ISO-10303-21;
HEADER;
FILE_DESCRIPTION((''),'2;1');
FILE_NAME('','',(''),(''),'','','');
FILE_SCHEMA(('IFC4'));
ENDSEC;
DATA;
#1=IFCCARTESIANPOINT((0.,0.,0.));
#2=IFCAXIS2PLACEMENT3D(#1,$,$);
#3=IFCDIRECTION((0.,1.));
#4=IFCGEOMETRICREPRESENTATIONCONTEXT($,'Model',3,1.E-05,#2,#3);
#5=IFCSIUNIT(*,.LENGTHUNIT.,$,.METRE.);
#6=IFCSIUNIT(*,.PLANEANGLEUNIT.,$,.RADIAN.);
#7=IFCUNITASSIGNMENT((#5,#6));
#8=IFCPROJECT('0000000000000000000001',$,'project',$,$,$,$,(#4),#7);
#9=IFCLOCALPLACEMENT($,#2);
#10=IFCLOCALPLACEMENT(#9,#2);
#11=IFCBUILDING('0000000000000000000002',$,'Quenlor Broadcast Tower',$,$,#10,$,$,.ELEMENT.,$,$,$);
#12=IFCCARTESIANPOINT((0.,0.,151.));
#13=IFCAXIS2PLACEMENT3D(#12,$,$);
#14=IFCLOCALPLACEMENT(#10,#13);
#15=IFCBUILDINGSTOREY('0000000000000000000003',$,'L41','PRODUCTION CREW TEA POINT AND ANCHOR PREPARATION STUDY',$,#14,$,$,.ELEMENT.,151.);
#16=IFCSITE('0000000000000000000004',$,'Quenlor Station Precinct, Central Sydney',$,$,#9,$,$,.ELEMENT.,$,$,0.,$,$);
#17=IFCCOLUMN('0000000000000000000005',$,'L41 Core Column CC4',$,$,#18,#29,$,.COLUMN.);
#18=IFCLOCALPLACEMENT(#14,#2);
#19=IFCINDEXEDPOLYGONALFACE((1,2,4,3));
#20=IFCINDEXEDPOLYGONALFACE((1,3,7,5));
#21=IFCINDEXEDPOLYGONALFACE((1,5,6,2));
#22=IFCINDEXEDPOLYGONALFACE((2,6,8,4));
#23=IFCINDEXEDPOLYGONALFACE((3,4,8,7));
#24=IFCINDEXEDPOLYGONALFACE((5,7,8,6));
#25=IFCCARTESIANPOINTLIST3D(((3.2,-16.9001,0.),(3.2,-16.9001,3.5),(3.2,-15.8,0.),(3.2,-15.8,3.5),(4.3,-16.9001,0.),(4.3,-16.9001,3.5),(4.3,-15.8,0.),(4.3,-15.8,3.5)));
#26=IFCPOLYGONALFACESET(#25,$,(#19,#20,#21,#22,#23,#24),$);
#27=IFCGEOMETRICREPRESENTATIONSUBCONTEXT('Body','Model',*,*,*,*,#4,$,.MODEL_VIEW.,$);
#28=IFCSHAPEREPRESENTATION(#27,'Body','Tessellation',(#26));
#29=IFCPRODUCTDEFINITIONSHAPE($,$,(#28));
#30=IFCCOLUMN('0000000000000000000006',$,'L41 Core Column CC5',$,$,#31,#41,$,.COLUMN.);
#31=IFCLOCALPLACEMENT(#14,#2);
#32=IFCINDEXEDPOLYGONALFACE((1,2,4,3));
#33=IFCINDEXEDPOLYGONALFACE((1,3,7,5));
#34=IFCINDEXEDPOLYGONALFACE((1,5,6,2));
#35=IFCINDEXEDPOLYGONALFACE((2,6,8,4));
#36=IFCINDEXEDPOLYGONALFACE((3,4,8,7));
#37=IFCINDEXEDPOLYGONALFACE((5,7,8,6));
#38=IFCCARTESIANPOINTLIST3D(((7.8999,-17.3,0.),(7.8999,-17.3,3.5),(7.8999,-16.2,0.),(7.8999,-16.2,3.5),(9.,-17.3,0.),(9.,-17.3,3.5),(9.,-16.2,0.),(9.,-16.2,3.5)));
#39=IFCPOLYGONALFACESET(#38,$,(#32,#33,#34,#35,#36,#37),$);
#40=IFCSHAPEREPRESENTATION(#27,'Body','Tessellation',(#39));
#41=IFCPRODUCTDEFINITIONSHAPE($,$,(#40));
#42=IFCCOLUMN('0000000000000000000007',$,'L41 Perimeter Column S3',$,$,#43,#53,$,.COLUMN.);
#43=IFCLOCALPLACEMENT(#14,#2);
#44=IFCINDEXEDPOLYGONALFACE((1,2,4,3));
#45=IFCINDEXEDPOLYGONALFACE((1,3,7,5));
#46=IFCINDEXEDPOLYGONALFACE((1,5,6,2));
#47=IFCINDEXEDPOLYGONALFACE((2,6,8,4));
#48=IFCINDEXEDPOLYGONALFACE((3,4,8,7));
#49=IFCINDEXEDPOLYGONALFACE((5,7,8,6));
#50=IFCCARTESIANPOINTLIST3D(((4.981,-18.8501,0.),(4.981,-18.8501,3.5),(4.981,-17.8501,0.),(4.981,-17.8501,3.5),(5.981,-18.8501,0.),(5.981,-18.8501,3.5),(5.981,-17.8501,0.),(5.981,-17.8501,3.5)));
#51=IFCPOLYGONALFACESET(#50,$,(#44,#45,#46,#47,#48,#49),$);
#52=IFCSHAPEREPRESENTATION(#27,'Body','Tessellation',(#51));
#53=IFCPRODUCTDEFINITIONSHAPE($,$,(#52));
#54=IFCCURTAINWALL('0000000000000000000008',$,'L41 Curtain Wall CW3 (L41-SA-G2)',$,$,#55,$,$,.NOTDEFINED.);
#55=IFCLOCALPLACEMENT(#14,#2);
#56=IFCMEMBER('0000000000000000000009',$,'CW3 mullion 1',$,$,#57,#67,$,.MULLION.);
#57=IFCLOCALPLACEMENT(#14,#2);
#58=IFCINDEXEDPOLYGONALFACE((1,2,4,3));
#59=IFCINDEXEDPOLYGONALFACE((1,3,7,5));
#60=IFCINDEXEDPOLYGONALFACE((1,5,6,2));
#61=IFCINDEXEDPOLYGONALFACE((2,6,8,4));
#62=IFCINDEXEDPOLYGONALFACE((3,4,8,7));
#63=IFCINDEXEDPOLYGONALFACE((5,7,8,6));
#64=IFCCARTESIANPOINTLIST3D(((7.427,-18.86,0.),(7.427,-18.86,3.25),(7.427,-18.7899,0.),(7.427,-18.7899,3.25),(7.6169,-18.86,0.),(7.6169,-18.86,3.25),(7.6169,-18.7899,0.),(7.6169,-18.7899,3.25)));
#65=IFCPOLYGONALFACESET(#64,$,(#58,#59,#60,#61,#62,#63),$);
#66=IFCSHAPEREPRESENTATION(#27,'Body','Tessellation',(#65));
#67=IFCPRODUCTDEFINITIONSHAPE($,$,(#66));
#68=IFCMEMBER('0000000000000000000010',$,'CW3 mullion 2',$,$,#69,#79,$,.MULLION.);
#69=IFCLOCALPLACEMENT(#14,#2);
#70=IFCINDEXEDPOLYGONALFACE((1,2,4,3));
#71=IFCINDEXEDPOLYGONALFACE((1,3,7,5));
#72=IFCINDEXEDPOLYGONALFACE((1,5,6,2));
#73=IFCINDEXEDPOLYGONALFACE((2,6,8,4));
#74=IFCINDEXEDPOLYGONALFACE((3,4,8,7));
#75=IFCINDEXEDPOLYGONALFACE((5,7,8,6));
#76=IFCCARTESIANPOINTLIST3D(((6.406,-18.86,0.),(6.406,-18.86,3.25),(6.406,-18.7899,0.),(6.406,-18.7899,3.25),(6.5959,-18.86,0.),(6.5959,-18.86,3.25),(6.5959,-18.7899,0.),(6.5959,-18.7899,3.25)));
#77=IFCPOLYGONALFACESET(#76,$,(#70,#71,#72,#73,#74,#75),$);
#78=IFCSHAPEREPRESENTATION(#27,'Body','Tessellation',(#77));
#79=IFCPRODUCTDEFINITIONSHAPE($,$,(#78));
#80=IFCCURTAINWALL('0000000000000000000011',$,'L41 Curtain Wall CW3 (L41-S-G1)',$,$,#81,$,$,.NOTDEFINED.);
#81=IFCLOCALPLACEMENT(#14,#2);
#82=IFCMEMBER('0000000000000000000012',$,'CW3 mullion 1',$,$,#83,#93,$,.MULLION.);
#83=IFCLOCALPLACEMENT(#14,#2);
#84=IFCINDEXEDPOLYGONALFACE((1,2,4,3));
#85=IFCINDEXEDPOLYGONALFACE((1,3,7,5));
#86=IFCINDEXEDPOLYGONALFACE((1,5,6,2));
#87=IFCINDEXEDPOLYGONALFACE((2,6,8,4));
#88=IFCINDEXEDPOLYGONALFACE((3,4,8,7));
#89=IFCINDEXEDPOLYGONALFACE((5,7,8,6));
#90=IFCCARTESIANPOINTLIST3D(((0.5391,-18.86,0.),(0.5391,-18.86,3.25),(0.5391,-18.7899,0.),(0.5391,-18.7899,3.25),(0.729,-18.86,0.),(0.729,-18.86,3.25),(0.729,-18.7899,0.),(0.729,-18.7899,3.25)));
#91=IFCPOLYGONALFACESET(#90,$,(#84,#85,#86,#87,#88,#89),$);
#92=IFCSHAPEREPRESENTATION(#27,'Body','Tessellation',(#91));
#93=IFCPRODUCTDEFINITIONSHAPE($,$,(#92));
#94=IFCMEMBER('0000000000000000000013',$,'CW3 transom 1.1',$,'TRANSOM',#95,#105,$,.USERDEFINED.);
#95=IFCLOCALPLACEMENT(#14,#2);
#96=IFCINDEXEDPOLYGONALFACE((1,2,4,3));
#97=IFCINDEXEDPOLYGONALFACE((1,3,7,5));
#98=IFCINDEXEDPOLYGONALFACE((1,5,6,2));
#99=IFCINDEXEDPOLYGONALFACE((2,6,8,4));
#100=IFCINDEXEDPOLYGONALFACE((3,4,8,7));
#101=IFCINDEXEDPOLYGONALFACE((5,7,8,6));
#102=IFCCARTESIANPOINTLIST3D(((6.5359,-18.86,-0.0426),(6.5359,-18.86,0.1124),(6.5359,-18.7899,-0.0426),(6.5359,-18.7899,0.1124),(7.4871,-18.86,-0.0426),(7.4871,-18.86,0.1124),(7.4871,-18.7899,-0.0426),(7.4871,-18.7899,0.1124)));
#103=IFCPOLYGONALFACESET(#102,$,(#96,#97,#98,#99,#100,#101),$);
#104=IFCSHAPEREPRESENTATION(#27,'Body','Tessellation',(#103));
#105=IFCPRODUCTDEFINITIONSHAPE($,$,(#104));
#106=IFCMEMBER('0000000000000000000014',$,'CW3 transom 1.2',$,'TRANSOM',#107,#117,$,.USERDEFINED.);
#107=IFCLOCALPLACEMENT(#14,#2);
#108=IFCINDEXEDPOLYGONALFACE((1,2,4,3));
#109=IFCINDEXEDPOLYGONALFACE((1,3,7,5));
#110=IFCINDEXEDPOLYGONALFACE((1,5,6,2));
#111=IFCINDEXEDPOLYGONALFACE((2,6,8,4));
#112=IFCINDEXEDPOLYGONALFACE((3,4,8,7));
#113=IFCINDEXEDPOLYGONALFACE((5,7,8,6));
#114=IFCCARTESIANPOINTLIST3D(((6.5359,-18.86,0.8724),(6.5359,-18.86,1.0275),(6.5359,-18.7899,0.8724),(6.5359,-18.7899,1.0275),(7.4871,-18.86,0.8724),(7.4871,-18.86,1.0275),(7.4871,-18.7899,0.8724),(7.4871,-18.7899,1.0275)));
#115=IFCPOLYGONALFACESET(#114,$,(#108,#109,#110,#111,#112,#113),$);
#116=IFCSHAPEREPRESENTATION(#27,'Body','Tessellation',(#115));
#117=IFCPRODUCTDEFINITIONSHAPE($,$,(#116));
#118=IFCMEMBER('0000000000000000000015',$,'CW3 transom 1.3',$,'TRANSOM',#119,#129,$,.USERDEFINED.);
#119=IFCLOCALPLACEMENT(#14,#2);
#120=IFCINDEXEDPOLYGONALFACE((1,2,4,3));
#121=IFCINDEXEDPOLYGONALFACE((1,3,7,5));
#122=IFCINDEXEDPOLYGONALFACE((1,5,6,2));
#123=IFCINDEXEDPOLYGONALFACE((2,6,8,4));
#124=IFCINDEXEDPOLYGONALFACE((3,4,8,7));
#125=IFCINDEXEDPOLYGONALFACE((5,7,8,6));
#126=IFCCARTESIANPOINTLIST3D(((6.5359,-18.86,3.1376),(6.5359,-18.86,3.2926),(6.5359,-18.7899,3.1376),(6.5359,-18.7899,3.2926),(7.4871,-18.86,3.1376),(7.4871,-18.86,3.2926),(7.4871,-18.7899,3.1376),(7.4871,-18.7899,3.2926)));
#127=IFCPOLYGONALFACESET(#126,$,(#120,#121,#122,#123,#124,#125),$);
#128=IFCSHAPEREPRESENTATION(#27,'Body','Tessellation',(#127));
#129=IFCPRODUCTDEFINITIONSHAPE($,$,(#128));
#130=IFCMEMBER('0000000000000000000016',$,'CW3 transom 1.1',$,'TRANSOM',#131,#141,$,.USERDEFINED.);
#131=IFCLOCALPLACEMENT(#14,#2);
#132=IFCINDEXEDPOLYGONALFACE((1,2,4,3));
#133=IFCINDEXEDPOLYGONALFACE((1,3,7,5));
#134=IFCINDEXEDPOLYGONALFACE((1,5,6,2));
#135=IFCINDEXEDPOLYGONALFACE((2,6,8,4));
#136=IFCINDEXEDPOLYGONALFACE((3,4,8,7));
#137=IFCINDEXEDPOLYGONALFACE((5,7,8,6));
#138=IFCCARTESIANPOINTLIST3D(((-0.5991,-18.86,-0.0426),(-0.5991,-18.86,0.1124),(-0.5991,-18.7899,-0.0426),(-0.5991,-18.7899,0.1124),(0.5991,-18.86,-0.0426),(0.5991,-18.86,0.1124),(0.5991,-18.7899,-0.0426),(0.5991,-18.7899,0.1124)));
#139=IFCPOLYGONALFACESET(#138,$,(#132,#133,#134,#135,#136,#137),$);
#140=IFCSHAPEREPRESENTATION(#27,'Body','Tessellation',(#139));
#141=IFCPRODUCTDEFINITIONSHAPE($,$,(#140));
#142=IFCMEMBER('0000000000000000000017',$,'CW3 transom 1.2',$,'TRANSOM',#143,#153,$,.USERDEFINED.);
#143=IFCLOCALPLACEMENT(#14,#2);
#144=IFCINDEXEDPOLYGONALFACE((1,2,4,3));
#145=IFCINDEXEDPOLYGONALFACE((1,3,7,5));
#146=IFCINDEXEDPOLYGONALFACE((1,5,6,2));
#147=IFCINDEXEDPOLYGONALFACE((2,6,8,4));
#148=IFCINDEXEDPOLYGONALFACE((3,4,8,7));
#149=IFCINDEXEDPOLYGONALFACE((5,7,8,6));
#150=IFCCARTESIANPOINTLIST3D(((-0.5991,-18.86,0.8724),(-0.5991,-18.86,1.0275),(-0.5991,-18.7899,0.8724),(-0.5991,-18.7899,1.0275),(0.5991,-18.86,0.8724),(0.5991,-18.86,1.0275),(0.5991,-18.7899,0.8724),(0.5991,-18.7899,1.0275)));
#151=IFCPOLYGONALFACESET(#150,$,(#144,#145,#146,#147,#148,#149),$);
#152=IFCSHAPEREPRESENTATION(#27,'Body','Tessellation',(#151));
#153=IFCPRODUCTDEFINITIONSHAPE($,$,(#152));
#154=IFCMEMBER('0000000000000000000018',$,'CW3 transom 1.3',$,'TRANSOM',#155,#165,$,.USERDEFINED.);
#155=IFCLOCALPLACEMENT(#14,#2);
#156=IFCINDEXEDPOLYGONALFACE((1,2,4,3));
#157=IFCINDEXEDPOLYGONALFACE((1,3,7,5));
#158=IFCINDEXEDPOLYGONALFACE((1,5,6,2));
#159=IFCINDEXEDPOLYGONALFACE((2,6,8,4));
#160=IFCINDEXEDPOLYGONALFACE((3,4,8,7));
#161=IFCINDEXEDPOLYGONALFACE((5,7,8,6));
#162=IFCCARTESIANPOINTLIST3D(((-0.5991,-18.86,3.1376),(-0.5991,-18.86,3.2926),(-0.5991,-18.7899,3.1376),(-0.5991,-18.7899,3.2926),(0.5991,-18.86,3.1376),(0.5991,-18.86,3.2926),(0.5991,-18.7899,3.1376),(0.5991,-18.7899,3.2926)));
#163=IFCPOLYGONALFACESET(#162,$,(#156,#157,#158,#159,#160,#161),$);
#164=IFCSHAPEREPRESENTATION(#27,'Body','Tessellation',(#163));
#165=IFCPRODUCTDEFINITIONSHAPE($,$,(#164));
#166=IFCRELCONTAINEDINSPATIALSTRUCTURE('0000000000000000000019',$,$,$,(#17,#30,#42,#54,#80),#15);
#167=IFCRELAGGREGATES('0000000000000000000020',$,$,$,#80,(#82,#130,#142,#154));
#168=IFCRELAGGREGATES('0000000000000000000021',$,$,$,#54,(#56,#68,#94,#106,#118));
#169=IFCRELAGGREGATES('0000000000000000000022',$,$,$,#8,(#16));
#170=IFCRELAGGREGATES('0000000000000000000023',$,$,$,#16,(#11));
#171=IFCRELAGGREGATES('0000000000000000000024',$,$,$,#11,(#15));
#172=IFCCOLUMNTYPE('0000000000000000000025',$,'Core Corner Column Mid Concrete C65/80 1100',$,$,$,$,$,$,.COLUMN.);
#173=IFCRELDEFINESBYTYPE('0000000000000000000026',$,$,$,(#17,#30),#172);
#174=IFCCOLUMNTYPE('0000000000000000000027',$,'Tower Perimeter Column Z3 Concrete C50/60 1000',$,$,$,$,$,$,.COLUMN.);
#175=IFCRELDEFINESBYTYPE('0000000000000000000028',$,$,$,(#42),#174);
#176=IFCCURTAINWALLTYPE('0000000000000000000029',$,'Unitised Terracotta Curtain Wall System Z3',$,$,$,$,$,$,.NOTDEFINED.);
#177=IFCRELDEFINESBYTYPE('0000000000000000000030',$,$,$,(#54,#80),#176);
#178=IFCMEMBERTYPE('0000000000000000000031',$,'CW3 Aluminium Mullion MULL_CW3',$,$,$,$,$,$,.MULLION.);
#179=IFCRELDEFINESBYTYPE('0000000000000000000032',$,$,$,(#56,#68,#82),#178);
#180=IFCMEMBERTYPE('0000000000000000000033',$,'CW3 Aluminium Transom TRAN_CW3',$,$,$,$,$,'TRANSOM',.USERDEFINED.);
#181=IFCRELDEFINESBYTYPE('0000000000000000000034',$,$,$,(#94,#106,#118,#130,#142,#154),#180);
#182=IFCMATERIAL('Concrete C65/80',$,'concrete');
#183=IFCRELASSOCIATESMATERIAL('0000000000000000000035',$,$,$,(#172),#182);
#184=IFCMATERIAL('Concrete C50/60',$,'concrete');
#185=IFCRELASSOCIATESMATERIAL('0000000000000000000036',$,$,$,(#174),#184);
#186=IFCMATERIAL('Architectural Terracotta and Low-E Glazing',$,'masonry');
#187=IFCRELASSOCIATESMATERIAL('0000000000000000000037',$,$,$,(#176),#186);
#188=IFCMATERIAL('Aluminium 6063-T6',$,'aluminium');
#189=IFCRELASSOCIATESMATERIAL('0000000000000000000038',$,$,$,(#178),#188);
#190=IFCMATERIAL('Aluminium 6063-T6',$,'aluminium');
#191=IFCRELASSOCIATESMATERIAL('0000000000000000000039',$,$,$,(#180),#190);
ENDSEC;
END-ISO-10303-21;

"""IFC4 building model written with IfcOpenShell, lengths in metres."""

from ifc_helpers import new_model, si_unit, direction, frame, origin, origin_2d, place, context, subcontext, project, spatial, rectangle, extrude, material, material_profile, profile_set, type_object, element, aggregate, save


model = new_model("IFC4")

# Units and contexts
model_context = context("Model", 3, precision=1e-05, world=origin(), true_north=direction((0.0, 1.0)))
body_context = subcontext(model_context, "Body", "Model", "MODEL_VIEW")
ifc_project = project(units=[si_unit("LENGTHUNIT", "METRE"), si_unit("PLANEANGLEUNIT", "RADIAN")], contexts=[model_context])

# Site, building, storey
site_placement = place(None, origin())
site = spatial("IfcSite", under=ifc_project, at=site_placement, Name="Quenlor Station Precinct, Central Sydney", CompositionType="ELEMENT", RefElevation=0.0)
building_placement = place(site_placement, origin())
building = spatial("IfcBuilding", under=site, at=building_placement, Name="Quenlor Broadcast Tower", CompositionType="ELEMENT")
storey_placement = place(building_placement, frame((0.0, 0.0, 151.0)))
storey = spatial("IfcBuildingStorey", under=building, at=storey_placement, Name="L41", Description="PRODUCTION CREW TEA POINT AND ANCHOR PREPARATION STUDY", CompositionType="ELEMENT", Elevation=151.0)

# Columns
ifc_material_1 = material(Name="Concrete C65/80", Category="concrete")
ifc_material_profile_1 = material_profile(ifc_material_1, rectangle(XDim=1.1001, YDim=1.1001, at=origin_2d()))
ifc_profile_set_1 = profile_set([ifc_material_profile_1], Name="Concrete C65/80 RC1100x1100")
column_type_1 = type_object("IfcColumnType", Name="Core Corner Column Mid Concrete C65/80 1100", PredefinedType="COLUMN", material=ifc_profile_set_1)
for number, where, z_axis, x_axis, name in (
    (1, (3.75, -16.3501, 0.0), (0.0, 0.0, 1.0), (1.0, 0.0, 0.0), "L41 Core Column CC4"),
    (2, (8.45, -16.75, 0.0), (0.0, 0.0, 1.0), (1.0, 0.0, 0.0), "L41 Core Column CC5"),
):
    element("IfcColumn", number, at=place(storey_placement, frame(where, z_axis=z_axis, x_axis=x_axis)), inside=storey, type_object=column_type_1, Name=name, PredefinedType="COLUMN", context=body_context, shape_type="SweptSolid", body=[
        extrude(rectangle(XDim=1.1001, YDim=1.1001, at=origin_2d()), origin(), (0.0, 0.0, 1.0), 3.5),
    ])
ifc_material_2 = material(Name="Concrete C50/60", Category="concrete")
ifc_material_profile_2 = material_profile(ifc_material_2, rectangle(XDim=1.0, YDim=1.0, at=origin_2d()))
ifc_profile_set_2 = profile_set([ifc_material_profile_2], Name="Concrete C50/60 RC1000x1000")
column_type_2 = type_object("IfcColumnType", Name="Tower Perimeter Column Z3 Concrete C50/60 1000", PredefinedType="COLUMN", material=ifc_profile_set_2)
column_placement = place(storey_placement, frame((5.481, -18.3501, 0.0), z_axis=(0.0, 0.0, 1.0), x_axis=(0.0, 1.0, 0.0)))
element("IfcColumn", 3, at=column_placement, inside=storey, type_object=column_type_2, Name="L41 Perimeter Column S3", PredefinedType="COLUMN", context=body_context, shape_type="SweptSolid", body=[
    extrude(rectangle(XDim=1.0, YDim=1.0, at=origin_2d()), origin(), (0.0, 0.0, 1.0), 3.5),
])

# Curtain wall, members
ifc_material_3 = material(Name="Architectural Terracotta and Low-E Glazing", Category="masonry")
curtain_wall_type = type_object("IfcCurtainWallType", Name="Unitised Terracotta Curtain Wall System Z3", PredefinedType="NOTDEFINED", material=ifc_material_3)
curtain_wall_1_placement = place(storey_placement, origin())
curtain_wall_1 = element("IfcCurtainWall", 4, at=curtain_wall_1_placement, inside=storey, type_object=curtain_wall_type, Name="L41 Curtain Wall CW3 (L41-SA-G2)", PredefinedType="NOTDEFINED")
ifc_material_4 = material(Name="Aluminium 6063-T6", Category="aluminium")
ifc_material_profile_3 = material_profile(ifc_material_4, rectangle(XDim=0.0701, YDim=0.1899, at=origin_2d()))
ifc_profile_set_3 = profile_set([ifc_material_profile_3], Name="Aluminium 6063-T6 MULL70x190")
member_type_1 = type_object("IfcMemberType", Name="CW3 Aluminium Mullion MULL_CW3", PredefinedType="MULLION", material=ifc_profile_set_3)
member_1_placement = place(storey_placement, frame((7.522, -18.825, 0.0), z_axis=(0.0, 0.0, 1.0), x_axis=(0.0, -1.0, 0.0)))
member_1 = element("IfcMember", 5, at=member_1_placement, type_object=member_type_1, Name="CW3 mullion 1", PredefinedType="MULLION", context=body_context, shape_type="SweptSolid", body=[
    extrude(rectangle(XDim=0.0701, YDim=0.1899, at=origin_2d()), origin(), (0.0, 0.0, 1.0), 3.25),
])
member_2_placement = place(storey_placement, frame((6.501, -18.825, 0.0), z_axis=(0.0, 0.0, 1.0), x_axis=(0.0, -1.0, 0.0)))
member_2 = element("IfcMember", 6, at=member_2_placement, type_object=member_type_1, Name="CW3 mullion 2", PredefinedType="MULLION", context=body_context, shape_type="SweptSolid", body=[
    extrude(rectangle(XDim=0.0701, YDim=0.1899, at=origin_2d()), origin(), (0.0, 0.0, 1.0), 3.25),
])

# Curtain wall, member
curtain_wall_2_placement = place(storey_placement, origin())
curtain_wall_2 = element("IfcCurtainWall", 7, at=curtain_wall_2_placement, inside=storey, type_object=curtain_wall_type, Name="L41 Curtain Wall CW3 (L41-S-G1)", PredefinedType="NOTDEFINED")
member_3_placement = place(storey_placement, frame((0.634, -18.825, 0.0), z_axis=(0.0, 0.0, 1.0), x_axis=(0.0, -1.0, 0.0)))
member_3 = element("IfcMember", 8, at=member_3_placement, type_object=member_type_1, Name="CW3 mullion 1", PredefinedType="MULLION", context=body_context, shape_type="SweptSolid", body=[
    extrude(rectangle(XDim=0.0701, YDim=0.1899, at=origin_2d()), origin(), (0.0, 0.0, 1.0), 3.25),
])

# Members
ifc_material_5 = material(Name="Aluminium 6063-T6", Category="aluminium")
ifc_material_profile_4 = material_profile(ifc_material_5, rectangle(XDim=0.0701, YDim=0.155, at=origin_2d()))
ifc_profile_set_4 = profile_set([ifc_material_profile_4], Name="Aluminium 6063-T6 TRAN70x155")
member_type_2 = type_object("IfcMemberType", Name="CW3 Aluminium Transom TRAN_CW3", ElementType="TRANSOM", PredefinedType="USERDEFINED", material=ifc_profile_set_4)
member_4_placement = place(storey_placement, frame((7.4871, -18.825, 0.0349), z_axis=(-1.0, 0.0, 0.0), x_axis=(0.0, -1.0, 0.0)))
member_4 = element("IfcMember", 9, at=member_4_placement, type_object=member_type_2, Name="CW3 transom 1.1", ObjectType="TRANSOM", PredefinedType="USERDEFINED", context=body_context, shape_type="SweptSolid", body=[
    extrude(rectangle(XDim=0.0701, YDim=0.155, at=origin_2d()), origin(), (0.0, 0.0, 1.0), 0.9512),
])
member_5_placement = place(storey_placement, frame((7.4871, -18.825, 0.95), z_axis=(-1.0, 0.0, 0.0), x_axis=(0.0, -1.0, 0.0)))
member_5 = element("IfcMember", 10, at=member_5_placement, type_object=member_type_2, Name="CW3 transom 1.2", ObjectType="TRANSOM", PredefinedType="USERDEFINED", context=body_context, shape_type="SweptSolid", body=[
    extrude(rectangle(XDim=0.0701, YDim=0.155, at=origin_2d()), origin(), (0.0, 0.0, 1.0), 0.9512),
])
member_6_placement = place(storey_placement, frame((7.4871, -18.825, 3.2151), z_axis=(-1.0, 0.0, 0.0), x_axis=(0.0, -1.0, 0.0)))
member_6 = element("IfcMember", 11, at=member_6_placement, type_object=member_type_2, Name="CW3 transom 1.3", ObjectType="TRANSOM", PredefinedType="USERDEFINED", context=body_context, shape_type="SweptSolid", body=[
    extrude(rectangle(XDim=0.0701, YDim=0.155, at=origin_2d()), origin(), (0.0, 0.0, 1.0), 0.9512),
])
member_7_placement = place(storey_placement, frame((0.5991, -18.825, 0.0349), z_axis=(-1.0, 0.0, 0.0), x_axis=(0.0, -1.0, 0.0)))
member_7 = element("IfcMember", 12, at=member_7_placement, type_object=member_type_2, Name="CW3 transom 1.1", ObjectType="TRANSOM", PredefinedType="USERDEFINED", context=body_context, shape_type="SweptSolid", body=[
    extrude(rectangle(XDim=0.0701, YDim=0.155, at=origin_2d()), origin(), (0.0, 0.0, 1.0), 1.1982),
])
member_8_placement = place(storey_placement, frame((0.5991, -18.825, 0.95), z_axis=(-1.0, 0.0, 0.0), x_axis=(0.0, -1.0, 0.0)))
member_8 = element("IfcMember", 13, at=member_8_placement, type_object=member_type_2, Name="CW3 transom 1.2", ObjectType="TRANSOM", PredefinedType="USERDEFINED", context=body_context, shape_type="SweptSolid", body=[
    extrude(rectangle(XDim=0.0701, YDim=0.155, at=origin_2d()), origin(), (0.0, 0.0, 1.0), 1.1982),
])
member_9_placement = place(storey_placement, frame((0.5991, -18.825, 3.2151), z_axis=(-1.0, 0.0, 0.0), x_axis=(0.0, -1.0, 0.0)))
member_9 = element("IfcMember", 14, at=member_9_placement, type_object=member_type_2, Name="CW3 transom 1.3", ObjectType="TRANSOM", PredefinedType="USERDEFINED", context=body_context, shape_type="SweptSolid", body=[
    extrude(rectangle(XDim=0.0701, YDim=0.155, at=origin_2d()), origin(), (0.0, 0.0, 1.0), 1.1982),
])
aggregate(curtain_wall_2, [member_3, member_7, member_8, member_9])

aggregate(curtain_wall_1, [member_1, member_2, member_4, member_5, member_6])

save(model, "model.ifc")
